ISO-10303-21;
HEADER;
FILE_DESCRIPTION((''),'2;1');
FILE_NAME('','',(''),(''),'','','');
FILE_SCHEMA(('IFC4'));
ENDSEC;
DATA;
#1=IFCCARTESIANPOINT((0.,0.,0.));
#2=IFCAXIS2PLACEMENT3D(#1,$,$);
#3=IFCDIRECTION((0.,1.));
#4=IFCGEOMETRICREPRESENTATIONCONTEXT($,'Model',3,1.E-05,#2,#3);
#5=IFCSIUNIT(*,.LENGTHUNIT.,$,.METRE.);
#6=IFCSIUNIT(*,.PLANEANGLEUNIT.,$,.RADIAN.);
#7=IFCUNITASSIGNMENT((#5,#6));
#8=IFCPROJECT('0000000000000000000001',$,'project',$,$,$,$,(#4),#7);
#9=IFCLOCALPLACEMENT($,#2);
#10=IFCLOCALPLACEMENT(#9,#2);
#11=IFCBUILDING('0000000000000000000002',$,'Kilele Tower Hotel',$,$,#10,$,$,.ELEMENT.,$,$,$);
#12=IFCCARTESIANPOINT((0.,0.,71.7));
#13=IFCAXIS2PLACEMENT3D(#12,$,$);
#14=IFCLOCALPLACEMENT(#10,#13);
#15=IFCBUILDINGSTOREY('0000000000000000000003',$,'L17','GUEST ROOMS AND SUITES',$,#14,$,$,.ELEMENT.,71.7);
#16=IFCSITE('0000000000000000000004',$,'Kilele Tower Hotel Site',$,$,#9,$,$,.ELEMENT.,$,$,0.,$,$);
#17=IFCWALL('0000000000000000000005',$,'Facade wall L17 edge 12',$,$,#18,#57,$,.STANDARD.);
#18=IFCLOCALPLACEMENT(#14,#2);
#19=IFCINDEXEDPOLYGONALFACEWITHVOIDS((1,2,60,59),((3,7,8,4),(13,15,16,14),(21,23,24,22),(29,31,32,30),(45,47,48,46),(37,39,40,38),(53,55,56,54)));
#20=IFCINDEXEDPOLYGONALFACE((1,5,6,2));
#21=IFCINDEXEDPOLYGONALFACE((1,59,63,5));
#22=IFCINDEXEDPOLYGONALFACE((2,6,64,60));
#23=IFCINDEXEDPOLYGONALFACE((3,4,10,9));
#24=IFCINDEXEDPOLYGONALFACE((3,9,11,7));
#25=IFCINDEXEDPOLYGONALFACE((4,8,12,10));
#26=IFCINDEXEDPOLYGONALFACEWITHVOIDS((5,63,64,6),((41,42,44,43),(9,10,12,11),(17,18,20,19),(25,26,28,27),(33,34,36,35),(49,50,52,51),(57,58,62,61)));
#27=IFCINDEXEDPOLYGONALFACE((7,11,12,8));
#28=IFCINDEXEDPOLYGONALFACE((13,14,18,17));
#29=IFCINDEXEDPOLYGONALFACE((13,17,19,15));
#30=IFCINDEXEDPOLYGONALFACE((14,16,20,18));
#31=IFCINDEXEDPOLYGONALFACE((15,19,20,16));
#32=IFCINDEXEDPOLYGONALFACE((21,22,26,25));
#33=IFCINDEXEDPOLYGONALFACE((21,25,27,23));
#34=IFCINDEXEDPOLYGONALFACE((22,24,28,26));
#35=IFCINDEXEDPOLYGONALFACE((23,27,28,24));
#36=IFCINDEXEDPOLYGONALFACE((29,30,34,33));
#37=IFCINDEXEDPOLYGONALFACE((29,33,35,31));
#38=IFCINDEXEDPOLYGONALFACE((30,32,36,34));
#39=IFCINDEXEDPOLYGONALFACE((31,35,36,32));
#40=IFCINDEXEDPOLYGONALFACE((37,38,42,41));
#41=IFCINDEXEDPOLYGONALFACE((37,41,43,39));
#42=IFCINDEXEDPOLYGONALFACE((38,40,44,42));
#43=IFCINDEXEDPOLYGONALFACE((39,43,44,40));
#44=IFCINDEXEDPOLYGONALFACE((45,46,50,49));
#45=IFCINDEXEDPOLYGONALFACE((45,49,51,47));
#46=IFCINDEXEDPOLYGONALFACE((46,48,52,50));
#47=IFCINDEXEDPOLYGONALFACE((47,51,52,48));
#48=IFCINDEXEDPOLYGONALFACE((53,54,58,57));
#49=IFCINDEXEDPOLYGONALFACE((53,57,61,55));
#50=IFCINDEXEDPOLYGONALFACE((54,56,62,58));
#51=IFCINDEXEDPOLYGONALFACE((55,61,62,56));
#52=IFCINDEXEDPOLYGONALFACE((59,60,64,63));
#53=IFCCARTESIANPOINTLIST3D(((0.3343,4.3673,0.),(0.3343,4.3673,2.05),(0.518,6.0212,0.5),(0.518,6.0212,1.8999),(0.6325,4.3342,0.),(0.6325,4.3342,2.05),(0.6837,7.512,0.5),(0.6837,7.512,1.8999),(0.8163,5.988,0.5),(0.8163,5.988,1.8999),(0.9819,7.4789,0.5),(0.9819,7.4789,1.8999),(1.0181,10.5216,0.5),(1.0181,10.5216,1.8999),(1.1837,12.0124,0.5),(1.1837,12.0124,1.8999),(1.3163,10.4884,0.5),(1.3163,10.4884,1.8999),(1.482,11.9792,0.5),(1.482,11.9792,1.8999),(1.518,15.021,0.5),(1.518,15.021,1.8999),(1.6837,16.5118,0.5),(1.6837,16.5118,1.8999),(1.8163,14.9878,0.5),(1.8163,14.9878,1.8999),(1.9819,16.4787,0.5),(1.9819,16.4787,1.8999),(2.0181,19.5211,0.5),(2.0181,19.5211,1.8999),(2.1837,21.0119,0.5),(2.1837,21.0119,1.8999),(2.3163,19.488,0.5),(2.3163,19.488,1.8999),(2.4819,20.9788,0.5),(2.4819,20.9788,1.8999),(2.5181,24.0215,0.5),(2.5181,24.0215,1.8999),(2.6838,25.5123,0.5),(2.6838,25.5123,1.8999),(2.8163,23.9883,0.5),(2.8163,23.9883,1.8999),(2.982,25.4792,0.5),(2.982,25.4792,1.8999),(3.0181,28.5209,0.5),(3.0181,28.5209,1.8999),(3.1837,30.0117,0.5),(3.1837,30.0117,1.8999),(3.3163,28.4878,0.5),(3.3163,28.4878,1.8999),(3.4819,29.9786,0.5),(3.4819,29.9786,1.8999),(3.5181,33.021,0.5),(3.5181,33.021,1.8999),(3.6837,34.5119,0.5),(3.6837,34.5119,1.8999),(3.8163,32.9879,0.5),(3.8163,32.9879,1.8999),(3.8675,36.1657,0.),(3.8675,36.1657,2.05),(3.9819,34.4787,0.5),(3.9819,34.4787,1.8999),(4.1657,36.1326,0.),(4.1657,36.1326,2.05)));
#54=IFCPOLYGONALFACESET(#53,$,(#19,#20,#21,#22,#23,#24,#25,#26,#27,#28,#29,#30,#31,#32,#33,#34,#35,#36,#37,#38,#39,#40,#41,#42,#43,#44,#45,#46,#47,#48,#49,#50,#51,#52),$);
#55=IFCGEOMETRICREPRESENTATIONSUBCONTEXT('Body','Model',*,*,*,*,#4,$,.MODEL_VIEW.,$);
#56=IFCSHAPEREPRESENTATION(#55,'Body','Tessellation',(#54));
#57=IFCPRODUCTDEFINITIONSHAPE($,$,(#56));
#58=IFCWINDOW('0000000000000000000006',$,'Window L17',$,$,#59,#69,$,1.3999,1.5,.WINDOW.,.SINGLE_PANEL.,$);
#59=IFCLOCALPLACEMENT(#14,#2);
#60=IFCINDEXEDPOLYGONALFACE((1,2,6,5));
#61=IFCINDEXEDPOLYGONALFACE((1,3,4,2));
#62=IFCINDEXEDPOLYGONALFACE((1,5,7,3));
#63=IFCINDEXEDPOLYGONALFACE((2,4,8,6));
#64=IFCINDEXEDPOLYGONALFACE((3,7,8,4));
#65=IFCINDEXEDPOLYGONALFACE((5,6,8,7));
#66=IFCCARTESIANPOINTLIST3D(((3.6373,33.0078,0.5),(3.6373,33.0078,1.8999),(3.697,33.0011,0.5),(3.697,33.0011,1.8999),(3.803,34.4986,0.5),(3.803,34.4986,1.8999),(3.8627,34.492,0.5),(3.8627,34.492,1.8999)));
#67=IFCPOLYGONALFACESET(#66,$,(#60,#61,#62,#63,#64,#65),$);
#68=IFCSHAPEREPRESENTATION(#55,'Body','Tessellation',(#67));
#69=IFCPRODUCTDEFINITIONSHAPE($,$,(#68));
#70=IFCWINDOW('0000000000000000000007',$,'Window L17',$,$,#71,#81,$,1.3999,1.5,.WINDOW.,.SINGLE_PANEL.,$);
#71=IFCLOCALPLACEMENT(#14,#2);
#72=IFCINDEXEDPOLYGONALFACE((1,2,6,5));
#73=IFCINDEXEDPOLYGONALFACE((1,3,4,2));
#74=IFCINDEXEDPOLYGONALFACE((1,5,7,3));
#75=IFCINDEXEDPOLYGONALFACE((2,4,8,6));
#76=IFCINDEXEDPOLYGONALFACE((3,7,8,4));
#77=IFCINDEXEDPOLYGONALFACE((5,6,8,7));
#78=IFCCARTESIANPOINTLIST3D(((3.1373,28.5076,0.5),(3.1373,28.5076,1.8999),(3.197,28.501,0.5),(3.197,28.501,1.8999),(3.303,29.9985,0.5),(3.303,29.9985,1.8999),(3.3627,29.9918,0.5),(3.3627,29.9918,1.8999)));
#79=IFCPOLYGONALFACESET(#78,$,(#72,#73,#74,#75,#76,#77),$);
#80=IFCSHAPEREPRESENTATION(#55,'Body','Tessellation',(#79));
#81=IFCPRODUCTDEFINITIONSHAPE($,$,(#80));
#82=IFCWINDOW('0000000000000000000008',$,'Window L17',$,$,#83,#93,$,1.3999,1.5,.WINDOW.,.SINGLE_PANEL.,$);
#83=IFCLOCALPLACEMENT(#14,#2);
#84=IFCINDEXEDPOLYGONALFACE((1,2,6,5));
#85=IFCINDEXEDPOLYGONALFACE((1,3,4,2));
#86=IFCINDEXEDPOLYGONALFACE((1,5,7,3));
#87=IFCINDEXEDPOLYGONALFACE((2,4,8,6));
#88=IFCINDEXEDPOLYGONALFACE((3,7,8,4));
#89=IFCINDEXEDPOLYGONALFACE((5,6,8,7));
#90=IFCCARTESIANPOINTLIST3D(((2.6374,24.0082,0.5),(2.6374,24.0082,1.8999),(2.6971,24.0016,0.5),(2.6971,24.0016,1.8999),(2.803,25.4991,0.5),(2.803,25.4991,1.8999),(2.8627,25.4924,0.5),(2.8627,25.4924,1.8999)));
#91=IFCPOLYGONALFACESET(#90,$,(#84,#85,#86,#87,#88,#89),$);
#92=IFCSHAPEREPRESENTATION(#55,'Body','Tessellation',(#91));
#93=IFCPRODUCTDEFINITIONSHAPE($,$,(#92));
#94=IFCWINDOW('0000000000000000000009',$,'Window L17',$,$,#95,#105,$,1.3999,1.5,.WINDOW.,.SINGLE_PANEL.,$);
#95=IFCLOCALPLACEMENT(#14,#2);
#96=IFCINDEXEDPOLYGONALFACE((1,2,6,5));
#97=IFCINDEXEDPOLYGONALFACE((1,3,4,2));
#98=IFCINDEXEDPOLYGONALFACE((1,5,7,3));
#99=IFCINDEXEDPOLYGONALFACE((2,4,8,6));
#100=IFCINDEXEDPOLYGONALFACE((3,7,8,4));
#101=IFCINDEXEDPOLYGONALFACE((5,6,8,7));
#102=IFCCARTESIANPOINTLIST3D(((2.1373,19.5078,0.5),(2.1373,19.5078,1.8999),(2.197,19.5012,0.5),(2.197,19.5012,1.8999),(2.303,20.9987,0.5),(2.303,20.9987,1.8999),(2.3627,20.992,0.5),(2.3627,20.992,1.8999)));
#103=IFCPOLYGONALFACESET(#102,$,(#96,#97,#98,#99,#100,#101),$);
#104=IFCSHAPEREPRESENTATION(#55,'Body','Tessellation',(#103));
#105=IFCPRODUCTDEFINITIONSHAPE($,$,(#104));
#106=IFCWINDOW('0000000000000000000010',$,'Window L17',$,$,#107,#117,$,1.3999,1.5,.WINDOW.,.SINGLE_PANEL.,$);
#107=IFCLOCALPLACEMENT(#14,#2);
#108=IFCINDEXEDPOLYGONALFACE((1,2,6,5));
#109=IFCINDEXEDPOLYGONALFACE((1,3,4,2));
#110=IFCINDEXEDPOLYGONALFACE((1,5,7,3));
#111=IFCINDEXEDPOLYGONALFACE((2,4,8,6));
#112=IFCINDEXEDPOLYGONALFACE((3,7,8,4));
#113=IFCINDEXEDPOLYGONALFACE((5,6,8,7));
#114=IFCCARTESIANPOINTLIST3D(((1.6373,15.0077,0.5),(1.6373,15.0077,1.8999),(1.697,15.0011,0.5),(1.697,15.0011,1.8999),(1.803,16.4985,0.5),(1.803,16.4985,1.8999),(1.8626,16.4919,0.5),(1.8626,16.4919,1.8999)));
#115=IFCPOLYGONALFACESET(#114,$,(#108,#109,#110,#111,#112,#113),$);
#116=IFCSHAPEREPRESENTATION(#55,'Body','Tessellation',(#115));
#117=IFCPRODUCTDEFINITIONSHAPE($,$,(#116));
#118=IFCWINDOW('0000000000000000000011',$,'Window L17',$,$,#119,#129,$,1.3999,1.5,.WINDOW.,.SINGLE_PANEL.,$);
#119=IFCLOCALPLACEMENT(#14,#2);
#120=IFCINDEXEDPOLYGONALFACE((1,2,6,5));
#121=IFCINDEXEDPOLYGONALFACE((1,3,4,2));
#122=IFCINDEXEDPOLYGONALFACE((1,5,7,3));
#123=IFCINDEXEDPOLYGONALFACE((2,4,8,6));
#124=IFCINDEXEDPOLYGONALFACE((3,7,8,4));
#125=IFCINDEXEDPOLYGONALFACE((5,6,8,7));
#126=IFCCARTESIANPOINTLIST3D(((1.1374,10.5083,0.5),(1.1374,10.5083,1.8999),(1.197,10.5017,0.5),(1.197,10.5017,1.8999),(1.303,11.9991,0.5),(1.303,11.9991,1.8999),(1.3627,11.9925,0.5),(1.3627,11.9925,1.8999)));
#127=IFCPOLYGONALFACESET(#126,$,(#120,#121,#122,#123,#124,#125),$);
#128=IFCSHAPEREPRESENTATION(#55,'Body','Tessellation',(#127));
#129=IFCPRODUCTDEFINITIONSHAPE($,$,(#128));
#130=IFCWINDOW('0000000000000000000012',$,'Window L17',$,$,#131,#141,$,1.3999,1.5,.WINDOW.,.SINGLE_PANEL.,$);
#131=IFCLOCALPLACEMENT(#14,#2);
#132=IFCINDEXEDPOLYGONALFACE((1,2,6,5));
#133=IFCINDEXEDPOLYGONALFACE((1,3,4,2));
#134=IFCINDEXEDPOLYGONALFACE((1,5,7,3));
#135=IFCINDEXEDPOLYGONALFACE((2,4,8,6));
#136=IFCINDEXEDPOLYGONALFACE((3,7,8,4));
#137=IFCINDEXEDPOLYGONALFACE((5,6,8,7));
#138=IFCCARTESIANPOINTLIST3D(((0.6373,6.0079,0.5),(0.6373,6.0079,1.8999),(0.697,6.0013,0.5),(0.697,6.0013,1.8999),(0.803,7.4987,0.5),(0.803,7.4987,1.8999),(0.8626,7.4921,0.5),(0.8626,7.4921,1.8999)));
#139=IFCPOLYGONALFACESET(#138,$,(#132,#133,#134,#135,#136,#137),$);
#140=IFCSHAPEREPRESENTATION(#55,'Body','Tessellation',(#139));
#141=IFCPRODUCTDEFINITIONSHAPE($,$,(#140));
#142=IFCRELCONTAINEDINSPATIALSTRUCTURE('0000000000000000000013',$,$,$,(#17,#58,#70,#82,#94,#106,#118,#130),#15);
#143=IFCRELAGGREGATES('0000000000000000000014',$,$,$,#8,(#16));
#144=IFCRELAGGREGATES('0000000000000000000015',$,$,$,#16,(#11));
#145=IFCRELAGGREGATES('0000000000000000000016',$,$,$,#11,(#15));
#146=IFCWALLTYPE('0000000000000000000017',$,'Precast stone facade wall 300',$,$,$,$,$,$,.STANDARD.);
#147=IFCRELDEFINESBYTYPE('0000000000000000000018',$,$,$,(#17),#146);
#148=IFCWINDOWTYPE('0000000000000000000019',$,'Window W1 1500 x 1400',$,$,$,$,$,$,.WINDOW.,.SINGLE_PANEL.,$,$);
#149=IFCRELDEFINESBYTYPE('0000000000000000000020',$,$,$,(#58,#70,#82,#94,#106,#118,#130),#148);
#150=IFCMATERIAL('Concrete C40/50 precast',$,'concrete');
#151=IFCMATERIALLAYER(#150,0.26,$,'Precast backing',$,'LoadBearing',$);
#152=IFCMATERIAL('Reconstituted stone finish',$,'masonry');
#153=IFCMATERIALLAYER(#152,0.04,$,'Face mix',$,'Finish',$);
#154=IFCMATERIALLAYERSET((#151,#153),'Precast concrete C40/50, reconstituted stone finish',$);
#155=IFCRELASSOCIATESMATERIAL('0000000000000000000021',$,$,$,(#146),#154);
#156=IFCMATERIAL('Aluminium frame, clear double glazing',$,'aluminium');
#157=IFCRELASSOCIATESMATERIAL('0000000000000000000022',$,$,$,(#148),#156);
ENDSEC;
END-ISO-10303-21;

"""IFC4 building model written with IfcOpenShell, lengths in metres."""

from ifc_helpers import new_model, si_unit, direction, frame, frame_2d, origin, place, context, subcontext, project, spatial, rectangle, extrude, material, layer, layer_set, type_object, element, fill, save


model = new_model("IFC4")

# Units and contexts
model_context = context("Model", 3, precision=1e-05, world=origin(), true_north=direction((0.0, 1.0)))
body_context = subcontext(model_context, "Body", "Model", "MODEL_VIEW")
ifc_project = project(units=[si_unit("LENGTHUNIT", "METRE"), si_unit("PLANEANGLEUNIT", "RADIAN")], contexts=[model_context])

# Site, building, storey
site_placement = place(None, origin())
site = spatial("IfcSite", under=ifc_project, at=site_placement, Name="Kilele Tower Hotel Site", CompositionType="ELEMENT", RefElevation=0.0)
building_placement = place(site_placement, origin())
building = spatial("IfcBuilding", under=site, at=building_placement, Name="Kilele Tower Hotel", CompositionType="ELEMENT")
storey_placement = place(building_placement, frame((0.0, 0.0, 71.7)))
storey = spatial("IfcBuildingStorey", under=building, at=storey_placement, Name="L17", Description="GUEST ROOMS AND SUITES", CompositionType="ELEMENT", Elevation=71.7)

# Shared definitions
ifc_material_1 = material(Name="Concrete C40/50 precast", Category="concrete")
ifc_layer_1 = layer(ifc_material_1, 0.26, Name="Precast backing", Category="LoadBearing")
ifc_material_2 = material(Name="Reconstituted stone finish", Category="masonry")
ifc_layer_2 = layer(ifc_material_2, 0.04, Name="Face mix", Category="Finish")
ifc_layer_set_1 = layer_set([ifc_layer_1, ifc_layer_2], Name="Precast concrete C40/50, reconstituted stone finish")
wall_type_1 = type_object("IfcWallType", Name="Precast stone facade wall 300", PredefinedType="STANDARD", material=ifc_layer_set_1)
ifc_material_3 = material(Name="Aluminium frame, clear double glazing", Category="aluminium")
window_type_1 = type_object("IfcWindowType", Name="Window W1 1500 x 1400", PartitioningType="SINGLE_PANEL", PredefinedType="WINDOW", material=ifc_material_3)

# Wall, openings, windows
wall_1_placement = place(storey_placement, frame((4.0166, 36.1492, 0.0), z_axis=(0.0, 0.0, 1.0), x_axis=(-0.110433, -0.993884, 0.0)))
wall_1 = element("IfcWall", 1, at=wall_1_placement, inside=storey, type_object=wall_type_1, Name="Facade wall L17 edge 12", PredefinedType="STANDARD", context=body_context, shape_type="SweptSolid", body=[
    extrude(rectangle(XDim=31.9941, YDim=0.3, at=frame_2d((15.9971, 0.0))), origin(), (0.0, 0.0, 1.0), 2.05),
])
opening_1_placement = place(wall_1_placement, frame((1.6641, 0.0, 0.5)))
opening_1 = element("IfcOpeningElement", 2, at=opening_1_placement, cuts=wall_1, PredefinedType="OPENING", context=body_context, shape_type="SweptSolid", body=[
    extrude(rectangle(XDim=1.5, YDim=1.3999, at=frame_2d((0.75, 0.7))), frame((0.0, 0.1599, 0.0), z_axis=(0.0, -1.0, 0.0), x_axis=(1.0, 0.0, 0.0)), (0.0, 0.0, 1.0), 0.3201),
])
opening_2_placement = place(wall_1_placement, frame((6.1919, 0.0, 0.5)))
opening_2 = element("IfcOpeningElement", 3, at=opening_2_placement, cuts=wall_1, PredefinedType="OPENING", context=body_context, shape_type="SweptSolid", body=[
    extrude(rectangle(XDim=1.5, YDim=1.3999, at=frame_2d((0.75, 0.7))), frame((0.0, 0.1599, 0.0), z_axis=(0.0, -1.0, 0.0), x_axis=(1.0, 0.0, 0.0)), (0.0, 0.0, 1.0), 0.3201),
])
opening_3_placement = place(wall_1_placement, frame((10.719, 0.0, 0.5)))
opening_3 = element("IfcOpeningElement", 4, at=opening_3_placement, cuts=wall_1, PredefinedType="OPENING", context=body_context, shape_type="SweptSolid", body=[
    extrude(rectangle(XDim=1.5, YDim=1.3999, at=frame_2d((0.75, 0.7))), frame((0.0, 0.1599, 0.0), z_axis=(0.0, -1.0, 0.0), x_axis=(1.0, 0.0, 0.0)), (0.0, 0.0, 1.0), 0.3201),
])
opening_4_placement = place(wall_1_placement, frame((15.2471, 0.0, 0.5)))
opening_4 = element("IfcOpeningElement", 5, at=opening_4_placement, cuts=wall_1, PredefinedType="OPENING", context=body_context, shape_type="SweptSolid", body=[
    extrude(rectangle(XDim=1.5, YDim=1.3999, at=frame_2d((0.75, 0.7))), frame((0.0, 0.1599, 0.0), z_axis=(0.0, -1.0, 0.0), x_axis=(1.0, 0.0, 0.0)), (0.0, 0.0, 1.0), 0.3201),
])
opening_5_placement = place(wall_1_placement, frame((19.7749, 0.0, 0.5)))
opening_5 = element("IfcOpeningElement", 6, at=opening_5_placement, cuts=wall_1, PredefinedType="OPENING", context=body_context, shape_type="SweptSolid", body=[
    extrude(rectangle(XDim=1.5, YDim=1.3999, at=frame_2d((0.75, 0.7))), frame((0.0, 0.1599, 0.0), z_axis=(0.0, -1.0, 0.0), x_axis=(1.0, 0.0, 0.0)), (0.0, 0.0, 1.0), 0.3201),
])
opening_6_placement = place(wall_1_placement, frame((24.302, 0.0, 0.5)))
opening_6 = element("IfcOpeningElement", 7, at=opening_6_placement, cuts=wall_1, PredefinedType="OPENING", context=body_context, shape_type="SweptSolid", body=[
    extrude(rectangle(XDim=1.5, YDim=1.3999, at=frame_2d((0.75, 0.7))), frame((0.0, 0.1599, 0.0), z_axis=(0.0, -1.0, 0.0), x_axis=(1.0, 0.0, 0.0)), (0.0, 0.0, 1.0), 0.3201),
])
opening_7_placement = place(wall_1_placement, frame((28.8301, 0.0, 0.5)))
opening_7 = element("IfcOpeningElement", 8, at=opening_7_placement, cuts=wall_1, PredefinedType="OPENING", context=body_context, shape_type="SweptSolid", body=[
    extrude(rectangle(XDim=1.5, YDim=1.3999, at=frame_2d((0.75, 0.7))), frame((0.0, 0.1599, 0.0), z_axis=(0.0, -1.0, 0.0), x_axis=(1.0, 0.0, 0.0)), (0.0, 0.0, 1.0), 0.3201),
])
window_1_placement = place(opening_1_placement, origin())
window_1 = element("IfcWindow", 9, at=window_1_placement, inside=storey, type_object=window_type_1, Name="Window L17", OverallHeight=1.3999, OverallWidth=1.5, PartitioningType="SINGLE_PANEL", PredefinedType="WINDOW", context=body_context, shape_type="SweptSolid", body=[
    extrude(rectangle(XDim=1.5, YDim=1.3999, at=frame_2d((0.75, 0.7))), frame((0.0, 0.03, 0.0), z_axis=(0.0, -1.0, 0.0), x_axis=(1.0, 0.0, 0.0)), (0.0, 0.0, 1.0), 0.0601),
])
fill(opening_1, window_1)
window_2_placement = place(opening_2_placement, origin())
window_2 = element("IfcWindow", 10, at=window_2_placement, inside=storey, type_object=window_type_1, Name="Window L17", OverallHeight=1.3999, OverallWidth=1.5, PartitioningType="SINGLE_PANEL", PredefinedType="WINDOW", context=body_context, shape_type="SweptSolid", body=[
    extrude(rectangle(XDim=1.5, YDim=1.3999, at=frame_2d((0.75, 0.7))), frame((0.0, 0.03, 0.0), z_axis=(0.0, -1.0, 0.0), x_axis=(1.0, 0.0, 0.0)), (0.0, 0.0, 1.0), 0.0601),
])
fill(opening_2, window_2)
window_3_placement = place(opening_3_placement, origin())
window_3 = element("IfcWindow", 11, at=window_3_placement, inside=storey, type_object=window_type_1, Name="Window L17", OverallHeight=1.3999, OverallWidth=1.5, PartitioningType="SINGLE_PANEL", PredefinedType="WINDOW", context=body_context, shape_type="SweptSolid", body=[
    extrude(rectangle(XDim=1.5, YDim=1.3999, at=frame_2d((0.75, 0.7))), frame((0.0, 0.03, 0.0), z_axis=(0.0, -1.0, 0.0), x_axis=(1.0, 0.0, 0.0)), (0.0, 0.0, 1.0), 0.0601),
])
fill(opening_3, window_3)
window_4_placement = place(opening_4_placement, origin())
window_4 = element("IfcWindow", 12, at=window_4_placement, inside=storey, type_object=window_type_1, Name="Window L17", OverallHeight=1.3999, OverallWidth=1.5, PartitioningType="SINGLE_PANEL", PredefinedType="WINDOW", context=body_context, shape_type="SweptSolid", body=[
    extrude(rectangle(XDim=1.5, YDim=1.3999, at=frame_2d((0.75, 0.7))), frame((0.0, 0.03, 0.0), z_axis=(0.0, -1.0, 0.0), x_axis=(1.0, 0.0, 0.0)), (0.0, 0.0, 1.0), 0.0601),
])
fill(opening_4, window_4)
window_5_placement = place(opening_5_placement, origin())
window_5 = element("IfcWindow", 13, at=window_5_placement, inside=storey, type_object=window_type_1, Name="Window L17", OverallHeight=1.3999, OverallWidth=1.5, PartitioningType="SINGLE_PANEL", PredefinedType="WINDOW", context=body_context, shape_type="SweptSolid", body=[
    extrude(rectangle(XDim=1.5, YDim=1.3999, at=frame_2d((0.75, 0.7))), frame((0.0, 0.03, 0.0), z_axis=(0.0, -1.0, 0.0), x_axis=(1.0, 0.0, 0.0)), (0.0, 0.0, 1.0), 0.0601),
])
fill(opening_5, window_5)
window_6_placement = place(opening_6_placement, origin())
window_6 = element("IfcWindow", 14, at=window_6_placement, inside=storey, type_object=window_type_1, Name="Window L17", OverallHeight=1.3999, OverallWidth=1.5, PartitioningType="SINGLE_PANEL", PredefinedType="WINDOW", context=body_context, shape_type="SweptSolid", body=[
    extrude(rectangle(XDim=1.5, YDim=1.3999, at=frame_2d((0.75, 0.7))), frame((0.0, 0.03, 0.0), z_axis=(0.0, -1.0, 0.0), x_axis=(1.0, 0.0, 0.0)), (0.0, 0.0, 1.0), 0.0601),
])
fill(opening_6, window_6)
window_7_placement = place(opening_7_placement, origin())
window_7 = element("IfcWindow", 15, at=window_7_placement, inside=storey, type_object=window_type_1, Name="Window L17", OverallHeight=1.3999, OverallWidth=1.5, PartitioningType="SINGLE_PANEL", PredefinedType="WINDOW", context=body_context, shape_type="SweptSolid", body=[
    extrude(rectangle(XDim=1.5, YDim=1.3999, at=frame_2d((0.75, 0.7))), frame((0.0, 0.03, 0.0), z_axis=(0.0, -1.0, 0.0), x_axis=(1.0, 0.0, 0.0)), (0.0, 0.0, 1.0), 0.0601),
])
fill(opening_7, window_7)

save(model, "model.ifc")
